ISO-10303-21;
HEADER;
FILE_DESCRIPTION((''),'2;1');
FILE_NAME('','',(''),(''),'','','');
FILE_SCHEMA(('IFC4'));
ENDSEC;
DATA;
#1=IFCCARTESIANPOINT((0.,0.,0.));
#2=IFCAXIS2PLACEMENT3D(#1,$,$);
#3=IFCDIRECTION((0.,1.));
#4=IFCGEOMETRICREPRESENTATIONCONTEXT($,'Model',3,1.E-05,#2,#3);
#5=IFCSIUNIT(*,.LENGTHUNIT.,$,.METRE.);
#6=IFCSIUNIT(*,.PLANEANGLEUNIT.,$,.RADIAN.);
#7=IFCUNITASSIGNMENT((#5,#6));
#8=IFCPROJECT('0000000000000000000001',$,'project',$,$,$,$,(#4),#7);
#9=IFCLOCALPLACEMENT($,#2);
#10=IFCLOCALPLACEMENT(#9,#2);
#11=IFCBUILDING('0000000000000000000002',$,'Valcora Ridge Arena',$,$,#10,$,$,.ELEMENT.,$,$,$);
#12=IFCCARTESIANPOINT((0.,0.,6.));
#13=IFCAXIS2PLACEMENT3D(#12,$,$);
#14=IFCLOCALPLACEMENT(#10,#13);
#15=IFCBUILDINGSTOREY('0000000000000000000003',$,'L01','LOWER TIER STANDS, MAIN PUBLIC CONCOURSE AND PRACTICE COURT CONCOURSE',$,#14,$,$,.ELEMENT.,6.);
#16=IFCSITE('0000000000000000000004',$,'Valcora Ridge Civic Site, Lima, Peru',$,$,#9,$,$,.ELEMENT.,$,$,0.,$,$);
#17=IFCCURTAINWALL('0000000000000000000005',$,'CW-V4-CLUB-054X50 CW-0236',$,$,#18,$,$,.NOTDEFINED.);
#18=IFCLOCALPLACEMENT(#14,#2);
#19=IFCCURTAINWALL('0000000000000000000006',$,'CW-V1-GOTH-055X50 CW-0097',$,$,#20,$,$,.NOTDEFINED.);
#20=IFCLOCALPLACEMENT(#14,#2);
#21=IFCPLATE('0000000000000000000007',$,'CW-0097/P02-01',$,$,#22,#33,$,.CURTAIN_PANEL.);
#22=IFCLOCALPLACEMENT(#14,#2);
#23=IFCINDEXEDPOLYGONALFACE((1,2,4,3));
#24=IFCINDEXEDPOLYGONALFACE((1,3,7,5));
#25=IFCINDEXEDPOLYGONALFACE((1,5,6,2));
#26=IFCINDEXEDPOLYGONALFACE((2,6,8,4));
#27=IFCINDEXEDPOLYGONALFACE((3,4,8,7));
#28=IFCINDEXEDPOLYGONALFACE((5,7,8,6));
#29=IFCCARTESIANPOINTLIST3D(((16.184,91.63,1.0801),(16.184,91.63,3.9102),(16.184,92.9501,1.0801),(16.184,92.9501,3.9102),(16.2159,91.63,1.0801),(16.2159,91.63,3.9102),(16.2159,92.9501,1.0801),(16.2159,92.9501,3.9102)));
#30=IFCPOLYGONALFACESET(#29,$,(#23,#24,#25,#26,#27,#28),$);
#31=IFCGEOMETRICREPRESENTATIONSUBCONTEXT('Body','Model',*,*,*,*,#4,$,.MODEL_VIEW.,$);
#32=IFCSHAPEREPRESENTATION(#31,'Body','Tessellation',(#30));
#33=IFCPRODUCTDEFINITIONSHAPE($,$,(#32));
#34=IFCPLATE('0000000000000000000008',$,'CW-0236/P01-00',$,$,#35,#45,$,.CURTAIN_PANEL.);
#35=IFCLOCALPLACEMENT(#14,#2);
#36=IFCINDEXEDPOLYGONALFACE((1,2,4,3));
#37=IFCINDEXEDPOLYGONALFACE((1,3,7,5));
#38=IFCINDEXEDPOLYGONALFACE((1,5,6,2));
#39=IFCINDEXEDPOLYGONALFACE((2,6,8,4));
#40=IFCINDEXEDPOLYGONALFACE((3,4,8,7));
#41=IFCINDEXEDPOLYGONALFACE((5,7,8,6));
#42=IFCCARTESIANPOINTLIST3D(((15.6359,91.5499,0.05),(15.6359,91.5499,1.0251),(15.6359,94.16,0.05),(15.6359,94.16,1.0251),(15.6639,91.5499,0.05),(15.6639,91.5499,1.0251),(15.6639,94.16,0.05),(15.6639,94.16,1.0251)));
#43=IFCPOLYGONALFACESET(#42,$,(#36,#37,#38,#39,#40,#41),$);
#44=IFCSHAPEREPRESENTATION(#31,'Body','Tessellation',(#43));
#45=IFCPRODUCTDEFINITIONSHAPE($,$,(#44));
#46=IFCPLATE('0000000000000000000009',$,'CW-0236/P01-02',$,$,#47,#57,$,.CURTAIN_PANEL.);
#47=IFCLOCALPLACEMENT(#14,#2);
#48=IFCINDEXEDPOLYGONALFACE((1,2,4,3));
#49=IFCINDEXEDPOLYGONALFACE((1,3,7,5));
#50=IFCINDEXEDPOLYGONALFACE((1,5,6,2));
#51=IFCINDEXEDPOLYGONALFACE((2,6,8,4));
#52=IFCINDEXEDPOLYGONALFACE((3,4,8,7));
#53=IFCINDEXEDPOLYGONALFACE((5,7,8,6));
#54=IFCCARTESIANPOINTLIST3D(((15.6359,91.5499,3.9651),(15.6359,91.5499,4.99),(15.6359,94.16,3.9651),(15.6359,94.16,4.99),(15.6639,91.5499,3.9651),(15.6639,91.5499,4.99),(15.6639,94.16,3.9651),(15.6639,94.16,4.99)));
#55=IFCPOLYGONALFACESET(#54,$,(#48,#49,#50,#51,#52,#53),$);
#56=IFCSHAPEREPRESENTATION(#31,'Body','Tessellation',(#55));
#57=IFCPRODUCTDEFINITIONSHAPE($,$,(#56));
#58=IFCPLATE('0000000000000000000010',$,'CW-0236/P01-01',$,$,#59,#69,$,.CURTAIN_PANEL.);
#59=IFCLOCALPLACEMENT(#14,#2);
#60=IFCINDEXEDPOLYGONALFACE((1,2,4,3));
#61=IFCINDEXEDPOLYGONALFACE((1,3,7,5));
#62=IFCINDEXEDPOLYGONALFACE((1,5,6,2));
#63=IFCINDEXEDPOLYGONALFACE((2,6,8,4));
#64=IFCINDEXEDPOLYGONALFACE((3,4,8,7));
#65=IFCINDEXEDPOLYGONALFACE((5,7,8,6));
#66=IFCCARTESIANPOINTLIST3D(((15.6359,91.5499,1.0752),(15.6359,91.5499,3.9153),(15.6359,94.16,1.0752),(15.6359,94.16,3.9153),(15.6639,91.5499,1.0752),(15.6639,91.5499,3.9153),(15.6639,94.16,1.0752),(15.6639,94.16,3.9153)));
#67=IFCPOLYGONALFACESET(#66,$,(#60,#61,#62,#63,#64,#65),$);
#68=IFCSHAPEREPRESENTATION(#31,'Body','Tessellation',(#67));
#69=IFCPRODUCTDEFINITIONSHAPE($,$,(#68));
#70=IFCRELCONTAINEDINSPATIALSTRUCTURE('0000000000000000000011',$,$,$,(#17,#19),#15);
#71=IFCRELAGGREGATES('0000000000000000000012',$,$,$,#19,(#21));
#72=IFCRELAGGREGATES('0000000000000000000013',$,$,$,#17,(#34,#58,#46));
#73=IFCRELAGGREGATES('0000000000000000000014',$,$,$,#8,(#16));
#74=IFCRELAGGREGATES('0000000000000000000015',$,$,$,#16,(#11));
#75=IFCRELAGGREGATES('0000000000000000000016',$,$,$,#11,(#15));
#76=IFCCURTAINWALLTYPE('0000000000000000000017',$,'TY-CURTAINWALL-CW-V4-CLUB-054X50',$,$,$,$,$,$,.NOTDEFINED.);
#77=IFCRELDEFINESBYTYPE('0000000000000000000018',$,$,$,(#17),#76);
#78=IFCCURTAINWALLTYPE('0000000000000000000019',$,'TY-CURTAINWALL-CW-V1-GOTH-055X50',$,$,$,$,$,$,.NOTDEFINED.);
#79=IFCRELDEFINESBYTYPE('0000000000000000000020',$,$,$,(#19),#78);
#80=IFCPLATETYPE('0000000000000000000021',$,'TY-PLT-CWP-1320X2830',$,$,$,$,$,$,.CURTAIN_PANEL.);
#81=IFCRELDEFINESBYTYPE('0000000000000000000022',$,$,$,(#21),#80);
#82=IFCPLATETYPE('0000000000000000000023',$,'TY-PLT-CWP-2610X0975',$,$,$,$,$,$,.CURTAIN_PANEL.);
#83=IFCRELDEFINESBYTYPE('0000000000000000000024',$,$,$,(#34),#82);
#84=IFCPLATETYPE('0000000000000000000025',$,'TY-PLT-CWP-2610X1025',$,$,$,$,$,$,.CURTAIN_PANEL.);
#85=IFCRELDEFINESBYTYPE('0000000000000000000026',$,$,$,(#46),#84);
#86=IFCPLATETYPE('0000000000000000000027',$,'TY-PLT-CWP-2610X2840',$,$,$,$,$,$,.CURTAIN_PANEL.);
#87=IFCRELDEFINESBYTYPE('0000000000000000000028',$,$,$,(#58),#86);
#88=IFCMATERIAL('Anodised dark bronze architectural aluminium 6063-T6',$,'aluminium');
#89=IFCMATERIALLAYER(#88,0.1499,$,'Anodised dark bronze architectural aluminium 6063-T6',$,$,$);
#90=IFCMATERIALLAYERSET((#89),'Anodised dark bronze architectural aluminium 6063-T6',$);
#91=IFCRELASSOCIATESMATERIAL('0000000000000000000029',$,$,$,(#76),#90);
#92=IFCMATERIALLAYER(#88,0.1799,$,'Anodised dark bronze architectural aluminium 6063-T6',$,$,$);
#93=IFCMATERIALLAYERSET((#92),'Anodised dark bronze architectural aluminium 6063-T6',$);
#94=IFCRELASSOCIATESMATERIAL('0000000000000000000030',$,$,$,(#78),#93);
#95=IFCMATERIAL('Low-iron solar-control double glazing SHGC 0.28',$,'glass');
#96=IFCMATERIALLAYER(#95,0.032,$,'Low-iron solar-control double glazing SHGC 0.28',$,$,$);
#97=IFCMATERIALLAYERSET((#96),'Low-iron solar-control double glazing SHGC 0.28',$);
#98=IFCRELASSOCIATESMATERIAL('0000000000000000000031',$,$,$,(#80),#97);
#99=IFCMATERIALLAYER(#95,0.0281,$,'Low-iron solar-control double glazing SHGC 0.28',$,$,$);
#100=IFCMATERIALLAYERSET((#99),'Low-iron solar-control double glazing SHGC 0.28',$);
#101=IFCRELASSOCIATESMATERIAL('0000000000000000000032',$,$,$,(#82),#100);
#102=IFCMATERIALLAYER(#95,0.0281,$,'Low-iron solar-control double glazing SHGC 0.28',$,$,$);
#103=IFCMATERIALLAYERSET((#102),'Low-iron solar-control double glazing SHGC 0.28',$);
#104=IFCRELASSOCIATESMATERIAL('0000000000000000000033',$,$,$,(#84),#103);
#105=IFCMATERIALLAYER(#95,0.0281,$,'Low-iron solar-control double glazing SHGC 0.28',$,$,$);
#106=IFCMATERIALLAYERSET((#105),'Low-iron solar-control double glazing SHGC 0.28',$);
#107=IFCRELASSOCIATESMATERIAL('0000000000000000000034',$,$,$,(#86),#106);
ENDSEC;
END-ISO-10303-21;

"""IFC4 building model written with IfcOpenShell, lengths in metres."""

from ifc_helpers import new_model, si_unit, direction, frame, origin, origin_2d, place, context, subcontext, project, spatial, rectangle, extrude, material, layer, layer_set, type_object, element, aggregate, save


model = new_model("IFC4")

# Units and contexts
model_context = context("Model", 3, precision=1e-05, world=origin(), true_north=direction((0.0, 1.0)))
body_context = subcontext(model_context, "Body", "Model", "MODEL_VIEW")
ifc_project = project(units=[si_unit("LENGTHUNIT", "METRE"), si_unit("PLANEANGLEUNIT", "RADIAN")], contexts=[model_context])

# Site, building, storey
site_placement = place(None, origin())
site = spatial("IfcSite", under=ifc_project, at=site_placement, Name="Valcora Ridge Civic Site, Lima, Peru", CompositionType="ELEMENT", RefElevation=0.0)
building_placement = place(site_placement, origin())
building = spatial("IfcBuilding", under=site, at=building_placement, Name="Valcora Ridge Arena", CompositionType="ELEMENT")
storey_placement = place(building_placement, frame((0.0, 0.0, 6.0)))
storey = spatial("IfcBuildingStorey", under=building, at=storey_placement, Name="L01", Description="LOWER TIER STANDS, MAIN PUBLIC CONCOURSE AND PRACTICE COURT CONCOURSE", CompositionType="ELEMENT", Elevation=6.0)

# Curtain wall
ifc_material_1 = material(Name="Anodised dark bronze architectural aluminium 6063-T6", Category="aluminium")
ifc_layer_1 = layer(ifc_material_1, 0.1499, Name="Anodised dark bronze architectural aluminium 6063-T6")
ifc_layer_set_1 = layer_set([ifc_layer_1], Name="Anodised dark bronze architectural aluminium 6063-T6")
curtain_wall_type_1 = type_object("IfcCurtainWallType", Name="TY-CURTAINWALL-CW-V4-CLUB-054X50", PredefinedType="NOTDEFINED", material=ifc_layer_set_1)
curtain_wall_1_placement = place(storey_placement, origin())
curtain_wall_1 = element("IfcCurtainWall", 1, at=curtain_wall_1_placement, inside=storey, type_object=curtain_wall_type_1, Name="CW-V4-CLUB-054X50 CW-0236", PredefinedType="NOTDEFINED")

# Curtain wall, plate
ifc_layer_2 = layer(ifc_material_1, 0.1799, Name="Anodised dark bronze architectural aluminium 6063-T6")
ifc_layer_set_2 = layer_set([ifc_layer_2], Name="Anodised dark bronze architectural aluminium 6063-T6")
curtain_wall_type_2 = type_object("IfcCurtainWallType", Name="TY-CURTAINWALL-CW-V1-GOTH-055X50", PredefinedType="NOTDEFINED", material=ifc_layer_set_2)
curtain_wall_2_placement = place(storey_placement, origin())
curtain_wall_2 = element("IfcCurtainWall", 2, at=curtain_wall_2_placement, inside=storey, type_object=curtain_wall_type_2, Name="CW-V1-GOTH-055X50 CW-0097", PredefinedType="NOTDEFINED")
ifc_material_2 = material(Name="Low-iron solar-control double glazing SHGC 0.28", Category="glass")
ifc_layer_3 = layer(ifc_material_2, 0.032, Name="Low-iron solar-control double glazing SHGC 0.28")
ifc_layer_set_3 = layer_set([ifc_layer_3], Name="Low-iron solar-control double glazing SHGC 0.28")
plate_type_1 = type_object("IfcPlateType", Name="TY-PLT-CWP-1320X2830", PredefinedType="CURTAIN_PANEL", material=ifc_layer_set_3)
plate_1_placement = place(storey_placement, frame((16.2, 92.29, 1.0801), z_axis=(0.0, 0.0, 1.0), x_axis=(0.0, 1.0, 0.0)))
plate_1 = element("IfcPlate", 3, at=plate_1_placement, type_object=plate_type_1, Name="CW-0097/P02-01", PredefinedType="CURTAIN_PANEL", context=body_context, shape_type="SweptSolid", body=[
    extrude(rectangle(XDim=1.3201, YDim=0.032, at=origin_2d()), origin(), (0.0, 0.0, 1.0), 2.8301),
])
aggregate(curtain_wall_2, [plate_1])

# Plates
ifc_layer_4 = layer(ifc_material_2, 0.0281, Name="Low-iron solar-control double glazing SHGC 0.28")
ifc_layer_set_4 = layer_set([ifc_layer_4], Name="Low-iron solar-control double glazing SHGC 0.28")
plate_type_2 = type_object("IfcPlateType", Name="TY-PLT-CWP-2610X0975", PredefinedType="CURTAIN_PANEL", material=ifc_layer_set_4)
plate_2_placement = place(storey_placement, frame((15.6499, 92.855, 0.05), z_axis=(0.0, 0.0, 1.0), x_axis=(0.0, 1.0, 0.0)))
plate_2 = element("IfcPlate", 4, at=plate_2_placement, type_object=plate_type_2, Name="CW-0236/P01-00", PredefinedType="CURTAIN_PANEL", context=body_context, shape_type="SweptSolid", body=[
    extrude(rectangle(XDim=2.6101, YDim=0.0281, at=origin_2d()), origin(), (0.0, 0.0, 1.0), 0.9751),
])
ifc_layer_5 = layer(ifc_material_2, 0.0281, Name="Low-iron solar-control double glazing SHGC 0.28")
ifc_layer_set_5 = layer_set([ifc_layer_5], Name="Low-iron solar-control double glazing SHGC 0.28")
plate_type_3 = type_object("IfcPlateType", Name="TY-PLT-CWP-2610X1025", PredefinedType="CURTAIN_PANEL", material=ifc_layer_set_5)
plate_3_placement = place(storey_placement, frame((15.6499, 92.855, 3.9651), z_axis=(0.0, 0.0, 1.0), x_axis=(0.0, 1.0, 0.0)))
plate_3 = element("IfcPlate", 5, at=plate_3_placement, type_object=plate_type_3, Name="CW-0236/P01-02", PredefinedType="CURTAIN_PANEL", context=body_context, shape_type="SweptSolid", body=[
    extrude(rectangle(XDim=2.6101, YDim=0.0281, at=origin_2d()), origin(), (0.0, 0.0, 1.0), 1.0249),
])
ifc_layer_6 = layer(ifc_material_2, 0.0281, Name="Low-iron solar-control double glazing SHGC 0.28")
ifc_layer_set_6 = layer_set([ifc_layer_6], Name="Low-iron solar-control double glazing SHGC 0.28")
plate_type_4 = type_object("IfcPlateType", Name="TY-PLT-CWP-2610X2840", PredefinedType="CURTAIN_PANEL", material=ifc_layer_set_6)
plate_4_placement = place(storey_placement, frame((15.6499, 92.855, 1.0752), z_axis=(0.0, 0.0, 1.0), x_axis=(0.0, 1.0, 0.0)))
plate_4 = element("IfcPlate", 6, at=plate_4_placement, type_object=plate_type_4, Name="CW-0236/P01-01", PredefinedType="CURTAIN_PANEL", context=body_context, shape_type="SweptSolid", body=[
    extrude(rectangle(XDim=2.6101, YDim=0.0281, at=origin_2d()), origin(), (0.0, 0.0, 1.0), 2.8401),
])
aggregate(curtain_wall_1, [plate_2, plate_4, plate_3])

save(model, "model.ifc")
